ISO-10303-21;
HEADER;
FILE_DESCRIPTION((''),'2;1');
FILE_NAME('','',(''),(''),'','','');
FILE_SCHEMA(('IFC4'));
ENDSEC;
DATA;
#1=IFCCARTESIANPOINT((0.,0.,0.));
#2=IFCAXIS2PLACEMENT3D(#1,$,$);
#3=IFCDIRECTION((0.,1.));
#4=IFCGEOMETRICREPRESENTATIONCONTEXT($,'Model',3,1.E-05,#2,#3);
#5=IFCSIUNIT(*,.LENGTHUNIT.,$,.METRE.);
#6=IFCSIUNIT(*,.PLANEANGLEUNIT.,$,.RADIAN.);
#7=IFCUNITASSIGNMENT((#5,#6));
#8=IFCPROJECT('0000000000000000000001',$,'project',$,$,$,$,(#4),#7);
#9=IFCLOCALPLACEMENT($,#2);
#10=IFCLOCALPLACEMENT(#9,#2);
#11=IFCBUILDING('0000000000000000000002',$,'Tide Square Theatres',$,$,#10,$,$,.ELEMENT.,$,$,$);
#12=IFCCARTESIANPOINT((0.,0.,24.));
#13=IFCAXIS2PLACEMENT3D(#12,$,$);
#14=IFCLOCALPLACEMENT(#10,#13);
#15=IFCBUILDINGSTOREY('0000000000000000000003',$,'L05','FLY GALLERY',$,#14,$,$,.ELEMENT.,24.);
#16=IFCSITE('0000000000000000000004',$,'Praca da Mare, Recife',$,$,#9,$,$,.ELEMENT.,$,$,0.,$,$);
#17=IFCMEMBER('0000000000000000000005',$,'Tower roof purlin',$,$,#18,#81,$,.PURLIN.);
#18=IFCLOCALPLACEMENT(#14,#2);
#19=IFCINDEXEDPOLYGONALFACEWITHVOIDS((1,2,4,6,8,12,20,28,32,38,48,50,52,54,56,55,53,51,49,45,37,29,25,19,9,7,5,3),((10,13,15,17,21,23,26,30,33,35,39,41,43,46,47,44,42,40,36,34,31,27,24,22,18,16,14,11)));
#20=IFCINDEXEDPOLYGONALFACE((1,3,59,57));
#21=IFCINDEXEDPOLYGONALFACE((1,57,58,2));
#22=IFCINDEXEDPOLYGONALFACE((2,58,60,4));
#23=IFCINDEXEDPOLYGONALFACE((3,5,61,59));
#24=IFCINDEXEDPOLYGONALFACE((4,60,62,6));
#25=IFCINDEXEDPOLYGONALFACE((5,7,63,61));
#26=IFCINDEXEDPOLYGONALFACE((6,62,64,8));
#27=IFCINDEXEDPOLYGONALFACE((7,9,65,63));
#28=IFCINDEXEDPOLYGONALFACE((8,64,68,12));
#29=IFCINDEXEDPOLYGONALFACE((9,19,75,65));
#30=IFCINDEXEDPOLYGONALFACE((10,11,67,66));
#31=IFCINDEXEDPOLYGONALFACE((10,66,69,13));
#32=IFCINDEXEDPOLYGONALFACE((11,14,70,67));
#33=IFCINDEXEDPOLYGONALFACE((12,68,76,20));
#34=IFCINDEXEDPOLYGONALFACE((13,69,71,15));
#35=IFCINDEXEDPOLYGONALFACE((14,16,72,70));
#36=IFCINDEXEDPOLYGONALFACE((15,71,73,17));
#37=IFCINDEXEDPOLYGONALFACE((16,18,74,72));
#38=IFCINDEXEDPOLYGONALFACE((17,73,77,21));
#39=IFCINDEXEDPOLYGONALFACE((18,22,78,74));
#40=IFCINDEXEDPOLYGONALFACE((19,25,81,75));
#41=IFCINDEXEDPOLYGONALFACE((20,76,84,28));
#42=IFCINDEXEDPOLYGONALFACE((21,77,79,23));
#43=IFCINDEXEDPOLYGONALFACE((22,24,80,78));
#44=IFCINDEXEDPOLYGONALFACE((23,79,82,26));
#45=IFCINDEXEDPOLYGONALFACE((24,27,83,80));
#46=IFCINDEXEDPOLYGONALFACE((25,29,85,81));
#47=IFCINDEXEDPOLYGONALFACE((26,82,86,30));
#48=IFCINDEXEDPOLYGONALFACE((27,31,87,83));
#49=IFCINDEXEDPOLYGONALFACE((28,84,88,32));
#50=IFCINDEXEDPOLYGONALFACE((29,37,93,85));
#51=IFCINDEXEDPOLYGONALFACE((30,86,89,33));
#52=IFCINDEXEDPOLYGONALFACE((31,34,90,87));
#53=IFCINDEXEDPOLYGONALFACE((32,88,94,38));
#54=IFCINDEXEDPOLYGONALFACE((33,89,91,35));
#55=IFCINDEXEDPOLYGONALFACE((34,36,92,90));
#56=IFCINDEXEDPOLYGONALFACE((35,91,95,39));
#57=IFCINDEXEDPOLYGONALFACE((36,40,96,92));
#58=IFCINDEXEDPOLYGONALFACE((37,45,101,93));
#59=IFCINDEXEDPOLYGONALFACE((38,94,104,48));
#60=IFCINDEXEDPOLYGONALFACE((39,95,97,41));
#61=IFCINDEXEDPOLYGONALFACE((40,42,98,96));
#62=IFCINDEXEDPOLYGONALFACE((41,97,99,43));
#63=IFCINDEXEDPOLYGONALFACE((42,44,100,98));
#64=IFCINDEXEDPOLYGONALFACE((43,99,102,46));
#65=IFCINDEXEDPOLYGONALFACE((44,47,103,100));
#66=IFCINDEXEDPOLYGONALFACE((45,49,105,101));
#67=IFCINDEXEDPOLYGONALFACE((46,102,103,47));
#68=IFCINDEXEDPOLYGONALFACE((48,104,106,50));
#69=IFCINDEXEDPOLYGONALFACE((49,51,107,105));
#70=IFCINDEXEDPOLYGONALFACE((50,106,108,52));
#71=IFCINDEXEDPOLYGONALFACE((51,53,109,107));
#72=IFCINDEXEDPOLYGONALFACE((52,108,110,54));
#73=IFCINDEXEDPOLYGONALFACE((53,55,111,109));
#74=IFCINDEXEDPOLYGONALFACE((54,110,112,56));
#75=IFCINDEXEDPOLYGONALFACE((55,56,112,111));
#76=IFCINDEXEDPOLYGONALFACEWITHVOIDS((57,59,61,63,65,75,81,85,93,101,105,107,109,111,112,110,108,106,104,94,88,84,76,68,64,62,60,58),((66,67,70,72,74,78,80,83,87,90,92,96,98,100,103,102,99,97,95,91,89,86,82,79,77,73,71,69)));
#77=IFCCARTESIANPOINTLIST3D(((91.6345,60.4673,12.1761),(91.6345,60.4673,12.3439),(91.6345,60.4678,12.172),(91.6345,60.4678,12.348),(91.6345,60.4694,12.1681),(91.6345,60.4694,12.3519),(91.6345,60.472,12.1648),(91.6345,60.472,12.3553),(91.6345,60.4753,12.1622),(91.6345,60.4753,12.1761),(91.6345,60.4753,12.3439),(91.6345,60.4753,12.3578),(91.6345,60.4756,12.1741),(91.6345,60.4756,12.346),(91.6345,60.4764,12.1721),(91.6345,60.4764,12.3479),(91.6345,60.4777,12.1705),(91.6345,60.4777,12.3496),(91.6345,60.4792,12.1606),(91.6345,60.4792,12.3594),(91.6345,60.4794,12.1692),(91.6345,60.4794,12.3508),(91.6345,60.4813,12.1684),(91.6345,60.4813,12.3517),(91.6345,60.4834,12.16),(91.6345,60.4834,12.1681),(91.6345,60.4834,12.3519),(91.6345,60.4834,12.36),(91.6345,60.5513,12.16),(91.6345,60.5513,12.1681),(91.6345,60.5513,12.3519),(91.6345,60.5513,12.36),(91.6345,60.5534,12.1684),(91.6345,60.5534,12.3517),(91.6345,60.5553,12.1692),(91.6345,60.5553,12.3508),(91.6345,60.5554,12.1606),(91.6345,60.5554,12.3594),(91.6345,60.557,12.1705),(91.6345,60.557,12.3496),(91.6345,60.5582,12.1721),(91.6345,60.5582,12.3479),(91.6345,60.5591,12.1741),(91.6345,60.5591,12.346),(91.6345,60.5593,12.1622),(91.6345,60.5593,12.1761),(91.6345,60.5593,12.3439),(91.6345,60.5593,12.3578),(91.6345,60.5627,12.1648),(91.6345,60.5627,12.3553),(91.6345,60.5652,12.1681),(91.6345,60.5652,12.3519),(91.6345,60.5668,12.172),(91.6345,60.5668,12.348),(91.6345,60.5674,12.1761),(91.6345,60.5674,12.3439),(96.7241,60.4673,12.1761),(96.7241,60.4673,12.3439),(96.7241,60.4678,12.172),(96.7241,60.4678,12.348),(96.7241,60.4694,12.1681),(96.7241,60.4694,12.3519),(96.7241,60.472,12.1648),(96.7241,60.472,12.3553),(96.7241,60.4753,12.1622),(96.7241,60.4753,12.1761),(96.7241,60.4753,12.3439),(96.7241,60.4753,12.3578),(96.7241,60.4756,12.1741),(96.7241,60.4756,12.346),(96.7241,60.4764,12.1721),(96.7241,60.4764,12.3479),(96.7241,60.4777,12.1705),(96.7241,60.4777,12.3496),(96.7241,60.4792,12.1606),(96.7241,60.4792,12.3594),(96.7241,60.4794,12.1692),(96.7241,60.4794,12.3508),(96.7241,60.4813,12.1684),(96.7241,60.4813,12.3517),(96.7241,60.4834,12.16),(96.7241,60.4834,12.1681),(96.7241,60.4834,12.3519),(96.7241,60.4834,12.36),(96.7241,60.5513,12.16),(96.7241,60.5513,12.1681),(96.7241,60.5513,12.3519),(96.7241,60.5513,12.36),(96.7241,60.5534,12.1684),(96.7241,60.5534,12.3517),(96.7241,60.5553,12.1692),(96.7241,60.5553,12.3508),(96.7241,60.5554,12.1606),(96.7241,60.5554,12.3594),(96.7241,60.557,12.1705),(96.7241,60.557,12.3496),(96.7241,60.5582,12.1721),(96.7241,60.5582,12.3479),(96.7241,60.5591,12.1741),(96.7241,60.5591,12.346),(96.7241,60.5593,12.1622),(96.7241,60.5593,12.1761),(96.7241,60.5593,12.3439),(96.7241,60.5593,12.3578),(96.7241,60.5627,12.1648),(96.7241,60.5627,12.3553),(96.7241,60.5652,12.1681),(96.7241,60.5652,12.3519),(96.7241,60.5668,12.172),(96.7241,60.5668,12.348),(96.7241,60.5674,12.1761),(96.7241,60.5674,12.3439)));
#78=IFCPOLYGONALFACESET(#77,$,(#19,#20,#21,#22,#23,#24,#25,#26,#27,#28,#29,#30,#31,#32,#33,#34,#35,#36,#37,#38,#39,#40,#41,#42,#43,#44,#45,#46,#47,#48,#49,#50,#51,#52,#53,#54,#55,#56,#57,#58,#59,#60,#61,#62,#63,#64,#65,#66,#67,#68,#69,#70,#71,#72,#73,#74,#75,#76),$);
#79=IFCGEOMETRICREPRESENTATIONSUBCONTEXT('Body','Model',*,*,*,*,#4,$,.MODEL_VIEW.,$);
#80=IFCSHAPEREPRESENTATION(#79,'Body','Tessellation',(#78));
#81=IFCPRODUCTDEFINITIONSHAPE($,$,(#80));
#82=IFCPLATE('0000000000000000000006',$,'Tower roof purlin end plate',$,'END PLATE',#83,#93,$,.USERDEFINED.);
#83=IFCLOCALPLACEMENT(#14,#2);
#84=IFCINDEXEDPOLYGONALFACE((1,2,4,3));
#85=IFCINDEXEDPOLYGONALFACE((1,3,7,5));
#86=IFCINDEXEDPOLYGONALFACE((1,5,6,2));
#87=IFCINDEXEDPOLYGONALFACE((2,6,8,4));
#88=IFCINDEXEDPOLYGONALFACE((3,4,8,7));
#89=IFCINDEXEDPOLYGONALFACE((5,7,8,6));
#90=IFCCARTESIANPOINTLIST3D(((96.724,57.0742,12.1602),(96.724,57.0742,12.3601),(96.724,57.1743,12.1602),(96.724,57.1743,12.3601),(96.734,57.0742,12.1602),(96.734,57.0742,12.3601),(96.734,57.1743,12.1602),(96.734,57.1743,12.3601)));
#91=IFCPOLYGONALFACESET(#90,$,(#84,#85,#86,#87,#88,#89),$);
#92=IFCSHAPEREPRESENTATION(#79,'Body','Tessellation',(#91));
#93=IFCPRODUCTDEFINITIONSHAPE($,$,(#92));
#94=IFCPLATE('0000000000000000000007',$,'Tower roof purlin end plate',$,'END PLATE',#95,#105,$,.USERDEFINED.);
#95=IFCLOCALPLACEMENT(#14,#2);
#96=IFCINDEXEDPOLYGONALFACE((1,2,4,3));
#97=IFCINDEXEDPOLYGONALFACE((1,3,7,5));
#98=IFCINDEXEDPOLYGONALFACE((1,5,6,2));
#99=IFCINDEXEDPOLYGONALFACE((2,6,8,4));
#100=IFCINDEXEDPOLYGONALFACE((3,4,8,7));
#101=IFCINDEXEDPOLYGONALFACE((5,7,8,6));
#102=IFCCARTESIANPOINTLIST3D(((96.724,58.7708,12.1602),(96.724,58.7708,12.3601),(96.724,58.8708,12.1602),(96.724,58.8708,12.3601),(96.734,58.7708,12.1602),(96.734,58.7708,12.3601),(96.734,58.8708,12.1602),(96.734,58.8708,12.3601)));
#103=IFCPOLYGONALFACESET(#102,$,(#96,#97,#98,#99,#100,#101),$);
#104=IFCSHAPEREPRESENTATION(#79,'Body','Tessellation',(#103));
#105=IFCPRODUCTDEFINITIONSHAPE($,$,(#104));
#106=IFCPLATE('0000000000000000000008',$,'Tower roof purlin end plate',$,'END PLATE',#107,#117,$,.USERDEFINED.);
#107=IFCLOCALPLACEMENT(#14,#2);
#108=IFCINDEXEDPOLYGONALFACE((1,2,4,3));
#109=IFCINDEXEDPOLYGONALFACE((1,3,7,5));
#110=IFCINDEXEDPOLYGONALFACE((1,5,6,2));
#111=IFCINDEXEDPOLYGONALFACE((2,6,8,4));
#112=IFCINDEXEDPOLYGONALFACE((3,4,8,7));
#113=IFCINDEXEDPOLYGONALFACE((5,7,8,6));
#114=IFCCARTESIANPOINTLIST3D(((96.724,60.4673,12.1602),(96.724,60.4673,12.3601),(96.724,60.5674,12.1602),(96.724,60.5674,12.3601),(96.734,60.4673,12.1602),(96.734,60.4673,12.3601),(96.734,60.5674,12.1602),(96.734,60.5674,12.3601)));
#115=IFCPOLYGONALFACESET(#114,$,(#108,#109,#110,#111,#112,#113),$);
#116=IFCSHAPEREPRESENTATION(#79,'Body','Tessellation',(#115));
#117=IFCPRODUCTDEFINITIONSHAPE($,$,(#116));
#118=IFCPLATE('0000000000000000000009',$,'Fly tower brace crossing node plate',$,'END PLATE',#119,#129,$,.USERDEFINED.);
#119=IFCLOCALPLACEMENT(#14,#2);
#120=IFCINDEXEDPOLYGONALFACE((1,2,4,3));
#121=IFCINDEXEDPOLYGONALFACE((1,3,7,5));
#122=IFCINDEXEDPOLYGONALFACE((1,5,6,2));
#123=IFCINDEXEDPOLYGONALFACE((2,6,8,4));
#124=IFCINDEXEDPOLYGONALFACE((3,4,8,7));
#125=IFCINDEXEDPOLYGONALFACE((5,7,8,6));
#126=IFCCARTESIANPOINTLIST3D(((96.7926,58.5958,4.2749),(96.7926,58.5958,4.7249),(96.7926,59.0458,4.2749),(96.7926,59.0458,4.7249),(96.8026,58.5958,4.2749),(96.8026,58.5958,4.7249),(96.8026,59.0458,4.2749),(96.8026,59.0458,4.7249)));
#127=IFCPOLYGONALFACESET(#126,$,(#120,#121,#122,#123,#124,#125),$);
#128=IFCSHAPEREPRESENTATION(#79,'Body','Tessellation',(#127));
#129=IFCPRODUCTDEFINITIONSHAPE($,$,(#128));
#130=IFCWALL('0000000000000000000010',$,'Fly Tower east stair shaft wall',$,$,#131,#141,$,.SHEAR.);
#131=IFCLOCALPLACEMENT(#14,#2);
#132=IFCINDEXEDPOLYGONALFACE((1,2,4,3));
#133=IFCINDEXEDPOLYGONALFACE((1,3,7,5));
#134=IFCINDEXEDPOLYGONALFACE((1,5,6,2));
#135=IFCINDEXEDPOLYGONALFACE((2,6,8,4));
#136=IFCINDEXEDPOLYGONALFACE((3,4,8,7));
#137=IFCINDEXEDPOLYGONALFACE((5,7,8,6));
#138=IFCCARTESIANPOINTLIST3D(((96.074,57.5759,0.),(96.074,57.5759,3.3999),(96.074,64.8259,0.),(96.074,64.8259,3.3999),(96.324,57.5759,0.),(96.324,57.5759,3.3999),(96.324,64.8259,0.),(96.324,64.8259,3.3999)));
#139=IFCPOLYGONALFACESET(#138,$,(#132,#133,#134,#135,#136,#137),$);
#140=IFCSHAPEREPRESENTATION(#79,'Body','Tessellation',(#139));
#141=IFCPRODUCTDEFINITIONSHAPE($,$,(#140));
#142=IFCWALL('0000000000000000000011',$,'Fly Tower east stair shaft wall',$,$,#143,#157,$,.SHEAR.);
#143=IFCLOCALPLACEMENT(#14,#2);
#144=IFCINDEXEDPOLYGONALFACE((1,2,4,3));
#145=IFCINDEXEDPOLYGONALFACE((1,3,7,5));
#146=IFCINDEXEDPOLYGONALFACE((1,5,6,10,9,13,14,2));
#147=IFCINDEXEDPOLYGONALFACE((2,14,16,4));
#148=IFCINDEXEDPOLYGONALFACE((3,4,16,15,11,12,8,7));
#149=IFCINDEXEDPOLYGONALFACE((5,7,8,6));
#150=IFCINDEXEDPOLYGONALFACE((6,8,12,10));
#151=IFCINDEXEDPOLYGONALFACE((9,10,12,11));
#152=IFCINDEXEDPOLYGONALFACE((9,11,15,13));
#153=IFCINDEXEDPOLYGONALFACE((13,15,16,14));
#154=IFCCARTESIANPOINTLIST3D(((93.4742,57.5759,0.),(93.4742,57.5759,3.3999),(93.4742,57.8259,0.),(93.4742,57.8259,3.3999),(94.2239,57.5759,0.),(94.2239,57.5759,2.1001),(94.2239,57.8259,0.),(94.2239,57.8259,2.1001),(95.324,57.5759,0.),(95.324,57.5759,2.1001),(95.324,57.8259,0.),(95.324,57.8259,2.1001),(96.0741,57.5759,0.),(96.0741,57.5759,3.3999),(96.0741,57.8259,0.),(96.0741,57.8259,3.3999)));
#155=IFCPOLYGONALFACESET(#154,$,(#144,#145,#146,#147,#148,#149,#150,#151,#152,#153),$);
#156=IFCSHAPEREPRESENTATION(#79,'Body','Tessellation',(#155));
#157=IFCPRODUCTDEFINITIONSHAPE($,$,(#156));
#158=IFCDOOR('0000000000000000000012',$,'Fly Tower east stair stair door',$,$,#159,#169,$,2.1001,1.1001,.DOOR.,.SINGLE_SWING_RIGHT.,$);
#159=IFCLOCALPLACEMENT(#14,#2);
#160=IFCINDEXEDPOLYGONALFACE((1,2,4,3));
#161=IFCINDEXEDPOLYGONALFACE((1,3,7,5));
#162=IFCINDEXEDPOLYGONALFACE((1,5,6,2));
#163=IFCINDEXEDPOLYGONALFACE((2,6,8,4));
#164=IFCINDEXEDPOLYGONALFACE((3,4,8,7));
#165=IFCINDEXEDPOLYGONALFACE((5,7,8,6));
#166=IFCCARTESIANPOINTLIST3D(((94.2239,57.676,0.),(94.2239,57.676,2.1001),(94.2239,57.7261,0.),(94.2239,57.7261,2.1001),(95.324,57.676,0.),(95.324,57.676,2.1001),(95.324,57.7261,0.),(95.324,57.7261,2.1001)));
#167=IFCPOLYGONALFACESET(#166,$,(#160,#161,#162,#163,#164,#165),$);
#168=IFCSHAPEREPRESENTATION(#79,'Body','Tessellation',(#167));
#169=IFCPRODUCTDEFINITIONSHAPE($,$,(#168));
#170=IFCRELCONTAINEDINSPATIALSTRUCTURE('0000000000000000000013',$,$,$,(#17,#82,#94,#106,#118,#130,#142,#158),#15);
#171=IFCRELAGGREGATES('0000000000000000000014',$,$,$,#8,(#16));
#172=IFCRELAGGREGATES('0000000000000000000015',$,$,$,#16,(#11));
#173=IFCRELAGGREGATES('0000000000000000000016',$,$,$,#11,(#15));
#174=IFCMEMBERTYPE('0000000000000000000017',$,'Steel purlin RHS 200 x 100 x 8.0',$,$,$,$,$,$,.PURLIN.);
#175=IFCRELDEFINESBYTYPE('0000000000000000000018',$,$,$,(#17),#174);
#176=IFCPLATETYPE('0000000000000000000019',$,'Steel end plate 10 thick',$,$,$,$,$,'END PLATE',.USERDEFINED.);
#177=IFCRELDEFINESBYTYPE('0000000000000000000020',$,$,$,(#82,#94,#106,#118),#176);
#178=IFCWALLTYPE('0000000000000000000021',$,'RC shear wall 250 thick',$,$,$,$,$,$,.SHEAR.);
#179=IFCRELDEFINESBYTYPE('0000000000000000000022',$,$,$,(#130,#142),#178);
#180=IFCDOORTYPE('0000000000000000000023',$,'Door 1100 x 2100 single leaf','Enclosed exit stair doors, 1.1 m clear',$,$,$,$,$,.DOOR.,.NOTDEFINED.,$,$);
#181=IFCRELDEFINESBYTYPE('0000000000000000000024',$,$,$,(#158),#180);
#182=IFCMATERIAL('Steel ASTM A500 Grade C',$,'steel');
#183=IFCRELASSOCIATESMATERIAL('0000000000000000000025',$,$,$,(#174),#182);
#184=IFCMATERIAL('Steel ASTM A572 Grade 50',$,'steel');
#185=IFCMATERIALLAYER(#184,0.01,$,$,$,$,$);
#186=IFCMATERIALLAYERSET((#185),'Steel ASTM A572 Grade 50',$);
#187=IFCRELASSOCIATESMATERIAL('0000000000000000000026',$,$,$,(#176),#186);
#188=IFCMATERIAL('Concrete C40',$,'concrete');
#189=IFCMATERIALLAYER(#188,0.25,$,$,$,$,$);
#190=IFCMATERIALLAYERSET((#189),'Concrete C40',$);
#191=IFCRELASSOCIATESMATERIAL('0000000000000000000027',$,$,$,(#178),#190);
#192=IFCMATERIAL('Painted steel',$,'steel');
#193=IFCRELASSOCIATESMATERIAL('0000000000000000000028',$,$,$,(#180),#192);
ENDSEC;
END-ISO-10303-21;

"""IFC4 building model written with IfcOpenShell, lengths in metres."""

from ifc_helpers import new_model, si_unit, direction, frame, frame_2d, origin, origin_2d, place, context, subcontext, project, spatial, rectangle, hollow_rectangle, extrude, material, layer, layer_set, material_profile, profile_set, type_object, element, fill, save


model = new_model("IFC4")

# Units and contexts
model_context = context("Model", 3, precision=1e-05, world=origin(), true_north=direction((0.0, 1.0)))
body_context = subcontext(model_context, "Body", "Model", "MODEL_VIEW")
ifc_project = project(units=[si_unit("LENGTHUNIT", "METRE"), si_unit("PLANEANGLEUNIT", "RADIAN")], contexts=[model_context])

# Site, building, storey
site_placement = place(None, origin())
site = spatial("IfcSite", under=ifc_project, at=site_placement, Name="Praca da Mare, Recife", CompositionType="ELEMENT", RefElevation=0.0)
building_placement = place(site_placement, origin())
building = spatial("IfcBuilding", under=site, at=building_placement, Name="Tide Square Theatres", CompositionType="ELEMENT")
storey_placement = place(building_placement, frame((0.0, 0.0, 24.0)))
storey = spatial("IfcBuildingStorey", under=building, at=storey_placement, Name="L05", Description="FLY GALLERY", CompositionType="ELEMENT", Elevation=24.0)

# Member
ifc_material_1 = material(Name="Steel ASTM A500 Grade C", Category="steel")
ifc_material_profile_1 = material_profile(ifc_material_1, hollow_rectangle(XDim=0.1001, YDim=0.2, WallThickness=0.0081, InnerFilletRadius=0.0081, OuterFilletRadius=0.0161, at=origin_2d()))
ifc_profile_set_1 = profile_set([ifc_material_profile_1], Name="Steel ASTM A500 Grade C")
member_type_1 = type_object("IfcMemberType", Name="Steel purlin RHS 200 x 100 x 8.0", PredefinedType="PURLIN", material=ifc_profile_set_1)
for number, where, z_axis, x_axis, name in (
    (1, (91.6345, 60.5173, 12.26), (1.0, 0.0, 0.0), (0.0, 1.0, 0.0), "Tower roof purlin"),
):
    element("IfcMember", number, at=place(storey_placement, frame(where, z_axis=z_axis, x_axis=x_axis)), inside=storey, type_object=member_type_1, Name=name, PredefinedType="PURLIN", context=body_context, shape_type="SweptSolid", body=[
        extrude(hollow_rectangle(XDim=0.1001, YDim=0.2, WallThickness=0.0081, InnerFilletRadius=0.0081, OuterFilletRadius=0.0161, at=origin_2d()), origin(), (0.0, 0.0, 1.0), 5.0896),
    ])

# Plates
ifc_material_2 = material(Name="Steel ASTM A572 Grade 50", Category="steel")
ifc_layer_1 = layer(ifc_material_2, 0.01)
ifc_layer_set_1 = layer_set([ifc_layer_1], Name="Steel ASTM A572 Grade 50")
plate_type = type_object("IfcPlateType", Name="Steel end plate 10 thick", ElementType="END PLATE", PredefinedType="USERDEFINED", material=ifc_layer_set_1)
for number, where, z_axis, x_axis, name in (
    (2, (96.729, 57.1243, 12.1602), (0.0, 0.0, 1.0), (1.0, 0.0, 0.0), "Tower roof purlin end plate"),
    (3, (96.729, 58.8208, 12.1602), (0.0, 0.0, 1.0), (1.0, 0.0, 0.0), "Tower roof purlin end plate"),
    (4, (96.729, 60.5173, 12.1602), (0.0, 0.0, 1.0), (1.0, 0.0, 0.0), "Tower roof purlin end plate"),
):
    element("IfcPlate", number, at=place(storey_placement, frame(where, z_axis=z_axis, x_axis=x_axis)), inside=storey, type_object=plate_type, Name=name, ObjectType="END PLATE", PredefinedType="USERDEFINED", context=body_context, shape_type="SweptSolid", body=[
        extrude(rectangle(XDim=0.01, YDim=0.1001, at=origin_2d()), origin(), (0.0, 0.0, 1.0), 0.2),
    ])
plate_placement = place(storey_placement, frame((96.7976, 58.8208, 4.2749), z_axis=(0.0, 0.0, 1.0), x_axis=(1.0, 0.0, 0.0)))
element("IfcPlate", 5, at=plate_placement, inside=storey, type_object=plate_type, Name="Fly tower brace crossing node plate", ObjectType="END PLATE", PredefinedType="USERDEFINED", context=body_context, shape_type="SweptSolid", body=[
    extrude(rectangle(XDim=0.01, YDim=0.45, at=origin_2d()), origin(), (0.0, 0.0, 1.0), 0.45),
])

# Wall
ifc_material_3 = material(Name="Concrete C40", Category="concrete")
ifc_layer_2 = layer(ifc_material_3, 0.25)
ifc_layer_set_2 = layer_set([ifc_layer_2], Name="Concrete C40")
wall_type = type_object("IfcWallType", Name="RC shear wall 250 thick", PredefinedType="SHEAR", material=ifc_layer_set_2)
wall_1_placement = place(storey_placement, frame((96.199, 57.5759, 0.0), z_axis=(0.0, 0.0, 1.0), x_axis=(0.0, 1.0, 0.0)))
element("IfcWall", 6, at=wall_1_placement, inside=storey, type_object=wall_type, Name="Fly Tower east stair shaft wall", PredefinedType="SHEAR", context=body_context, shape_type="SweptSolid", body=[
    extrude(rectangle(XDim=7.25, YDim=0.25, at=frame_2d((3.625, 0.0))), origin(), (0.0, 0.0, 1.0), 3.3999),
])

# Wall, opening, door
wall_2_placement = place(storey_placement, frame((96.074, 57.7009, 0.0), z_axis=(0.0, 0.0, 1.0), x_axis=(-1.0, 0.0, 0.0)))
wall_2 = element("IfcWall", 7, at=wall_2_placement, inside=storey, type_object=wall_type, Name="Fly Tower east stair shaft wall", PredefinedType="SHEAR", context=body_context, shape_type="SweptSolid", body=[
    extrude(rectangle(XDim=2.5999, YDim=0.25, at=frame_2d((1.2998, 0.0))), origin(), (0.0, 0.0, 1.0), 3.3999),
])
opening_placement = place(wall_2_placement, frame((0.75, 0.0, 0.0)))
opening = element("IfcOpeningElement", 8, at=opening_placement, cuts=wall_2, PredefinedType="OPENING", context=body_context, shape_type="SweptSolid", body=[
    extrude(rectangle(XDim=1.1001, YDim=2.1001, at=frame_2d((0.55, 1.05))), frame((0.0, 0.135, 0.0), z_axis=(0.0, -1.0, 0.0), x_axis=(1.0, 0.0, 0.0)), (0.0, 0.0, 1.0), 0.27),
])
ifc_material_4 = material(Name="Painted steel", Category="steel")
door_type = type_object("IfcDoorType", Name="Door 1100 x 2100 single leaf", Description="Enclosed exit stair doors, 1.1 m clear", OperationType="NOTDEFINED", PredefinedType="DOOR", material=ifc_material_4)
door_placement = place(opening_placement, origin())
door = element("IfcDoor", 9, at=door_placement, inside=storey, type_object=door_type, Name="Fly Tower east stair stair door", OperationType="SINGLE_SWING_RIGHT", OverallHeight=2.1001, OverallWidth=1.1001, PredefinedType="DOOR", context=body_context, shape_type="SweptSolid", body=[
    extrude(rectangle(XDim=1.1001, YDim=2.1001, at=frame_2d((0.55, 1.05))), frame((0.0, 0.0249, 0.0), z_axis=(0.0, -1.0, 0.0), x_axis=(1.0, 0.0, 0.0)), (0.0, 0.0, 1.0), 0.05),
])
fill(opening, door)

save(model, "model.ifc")
